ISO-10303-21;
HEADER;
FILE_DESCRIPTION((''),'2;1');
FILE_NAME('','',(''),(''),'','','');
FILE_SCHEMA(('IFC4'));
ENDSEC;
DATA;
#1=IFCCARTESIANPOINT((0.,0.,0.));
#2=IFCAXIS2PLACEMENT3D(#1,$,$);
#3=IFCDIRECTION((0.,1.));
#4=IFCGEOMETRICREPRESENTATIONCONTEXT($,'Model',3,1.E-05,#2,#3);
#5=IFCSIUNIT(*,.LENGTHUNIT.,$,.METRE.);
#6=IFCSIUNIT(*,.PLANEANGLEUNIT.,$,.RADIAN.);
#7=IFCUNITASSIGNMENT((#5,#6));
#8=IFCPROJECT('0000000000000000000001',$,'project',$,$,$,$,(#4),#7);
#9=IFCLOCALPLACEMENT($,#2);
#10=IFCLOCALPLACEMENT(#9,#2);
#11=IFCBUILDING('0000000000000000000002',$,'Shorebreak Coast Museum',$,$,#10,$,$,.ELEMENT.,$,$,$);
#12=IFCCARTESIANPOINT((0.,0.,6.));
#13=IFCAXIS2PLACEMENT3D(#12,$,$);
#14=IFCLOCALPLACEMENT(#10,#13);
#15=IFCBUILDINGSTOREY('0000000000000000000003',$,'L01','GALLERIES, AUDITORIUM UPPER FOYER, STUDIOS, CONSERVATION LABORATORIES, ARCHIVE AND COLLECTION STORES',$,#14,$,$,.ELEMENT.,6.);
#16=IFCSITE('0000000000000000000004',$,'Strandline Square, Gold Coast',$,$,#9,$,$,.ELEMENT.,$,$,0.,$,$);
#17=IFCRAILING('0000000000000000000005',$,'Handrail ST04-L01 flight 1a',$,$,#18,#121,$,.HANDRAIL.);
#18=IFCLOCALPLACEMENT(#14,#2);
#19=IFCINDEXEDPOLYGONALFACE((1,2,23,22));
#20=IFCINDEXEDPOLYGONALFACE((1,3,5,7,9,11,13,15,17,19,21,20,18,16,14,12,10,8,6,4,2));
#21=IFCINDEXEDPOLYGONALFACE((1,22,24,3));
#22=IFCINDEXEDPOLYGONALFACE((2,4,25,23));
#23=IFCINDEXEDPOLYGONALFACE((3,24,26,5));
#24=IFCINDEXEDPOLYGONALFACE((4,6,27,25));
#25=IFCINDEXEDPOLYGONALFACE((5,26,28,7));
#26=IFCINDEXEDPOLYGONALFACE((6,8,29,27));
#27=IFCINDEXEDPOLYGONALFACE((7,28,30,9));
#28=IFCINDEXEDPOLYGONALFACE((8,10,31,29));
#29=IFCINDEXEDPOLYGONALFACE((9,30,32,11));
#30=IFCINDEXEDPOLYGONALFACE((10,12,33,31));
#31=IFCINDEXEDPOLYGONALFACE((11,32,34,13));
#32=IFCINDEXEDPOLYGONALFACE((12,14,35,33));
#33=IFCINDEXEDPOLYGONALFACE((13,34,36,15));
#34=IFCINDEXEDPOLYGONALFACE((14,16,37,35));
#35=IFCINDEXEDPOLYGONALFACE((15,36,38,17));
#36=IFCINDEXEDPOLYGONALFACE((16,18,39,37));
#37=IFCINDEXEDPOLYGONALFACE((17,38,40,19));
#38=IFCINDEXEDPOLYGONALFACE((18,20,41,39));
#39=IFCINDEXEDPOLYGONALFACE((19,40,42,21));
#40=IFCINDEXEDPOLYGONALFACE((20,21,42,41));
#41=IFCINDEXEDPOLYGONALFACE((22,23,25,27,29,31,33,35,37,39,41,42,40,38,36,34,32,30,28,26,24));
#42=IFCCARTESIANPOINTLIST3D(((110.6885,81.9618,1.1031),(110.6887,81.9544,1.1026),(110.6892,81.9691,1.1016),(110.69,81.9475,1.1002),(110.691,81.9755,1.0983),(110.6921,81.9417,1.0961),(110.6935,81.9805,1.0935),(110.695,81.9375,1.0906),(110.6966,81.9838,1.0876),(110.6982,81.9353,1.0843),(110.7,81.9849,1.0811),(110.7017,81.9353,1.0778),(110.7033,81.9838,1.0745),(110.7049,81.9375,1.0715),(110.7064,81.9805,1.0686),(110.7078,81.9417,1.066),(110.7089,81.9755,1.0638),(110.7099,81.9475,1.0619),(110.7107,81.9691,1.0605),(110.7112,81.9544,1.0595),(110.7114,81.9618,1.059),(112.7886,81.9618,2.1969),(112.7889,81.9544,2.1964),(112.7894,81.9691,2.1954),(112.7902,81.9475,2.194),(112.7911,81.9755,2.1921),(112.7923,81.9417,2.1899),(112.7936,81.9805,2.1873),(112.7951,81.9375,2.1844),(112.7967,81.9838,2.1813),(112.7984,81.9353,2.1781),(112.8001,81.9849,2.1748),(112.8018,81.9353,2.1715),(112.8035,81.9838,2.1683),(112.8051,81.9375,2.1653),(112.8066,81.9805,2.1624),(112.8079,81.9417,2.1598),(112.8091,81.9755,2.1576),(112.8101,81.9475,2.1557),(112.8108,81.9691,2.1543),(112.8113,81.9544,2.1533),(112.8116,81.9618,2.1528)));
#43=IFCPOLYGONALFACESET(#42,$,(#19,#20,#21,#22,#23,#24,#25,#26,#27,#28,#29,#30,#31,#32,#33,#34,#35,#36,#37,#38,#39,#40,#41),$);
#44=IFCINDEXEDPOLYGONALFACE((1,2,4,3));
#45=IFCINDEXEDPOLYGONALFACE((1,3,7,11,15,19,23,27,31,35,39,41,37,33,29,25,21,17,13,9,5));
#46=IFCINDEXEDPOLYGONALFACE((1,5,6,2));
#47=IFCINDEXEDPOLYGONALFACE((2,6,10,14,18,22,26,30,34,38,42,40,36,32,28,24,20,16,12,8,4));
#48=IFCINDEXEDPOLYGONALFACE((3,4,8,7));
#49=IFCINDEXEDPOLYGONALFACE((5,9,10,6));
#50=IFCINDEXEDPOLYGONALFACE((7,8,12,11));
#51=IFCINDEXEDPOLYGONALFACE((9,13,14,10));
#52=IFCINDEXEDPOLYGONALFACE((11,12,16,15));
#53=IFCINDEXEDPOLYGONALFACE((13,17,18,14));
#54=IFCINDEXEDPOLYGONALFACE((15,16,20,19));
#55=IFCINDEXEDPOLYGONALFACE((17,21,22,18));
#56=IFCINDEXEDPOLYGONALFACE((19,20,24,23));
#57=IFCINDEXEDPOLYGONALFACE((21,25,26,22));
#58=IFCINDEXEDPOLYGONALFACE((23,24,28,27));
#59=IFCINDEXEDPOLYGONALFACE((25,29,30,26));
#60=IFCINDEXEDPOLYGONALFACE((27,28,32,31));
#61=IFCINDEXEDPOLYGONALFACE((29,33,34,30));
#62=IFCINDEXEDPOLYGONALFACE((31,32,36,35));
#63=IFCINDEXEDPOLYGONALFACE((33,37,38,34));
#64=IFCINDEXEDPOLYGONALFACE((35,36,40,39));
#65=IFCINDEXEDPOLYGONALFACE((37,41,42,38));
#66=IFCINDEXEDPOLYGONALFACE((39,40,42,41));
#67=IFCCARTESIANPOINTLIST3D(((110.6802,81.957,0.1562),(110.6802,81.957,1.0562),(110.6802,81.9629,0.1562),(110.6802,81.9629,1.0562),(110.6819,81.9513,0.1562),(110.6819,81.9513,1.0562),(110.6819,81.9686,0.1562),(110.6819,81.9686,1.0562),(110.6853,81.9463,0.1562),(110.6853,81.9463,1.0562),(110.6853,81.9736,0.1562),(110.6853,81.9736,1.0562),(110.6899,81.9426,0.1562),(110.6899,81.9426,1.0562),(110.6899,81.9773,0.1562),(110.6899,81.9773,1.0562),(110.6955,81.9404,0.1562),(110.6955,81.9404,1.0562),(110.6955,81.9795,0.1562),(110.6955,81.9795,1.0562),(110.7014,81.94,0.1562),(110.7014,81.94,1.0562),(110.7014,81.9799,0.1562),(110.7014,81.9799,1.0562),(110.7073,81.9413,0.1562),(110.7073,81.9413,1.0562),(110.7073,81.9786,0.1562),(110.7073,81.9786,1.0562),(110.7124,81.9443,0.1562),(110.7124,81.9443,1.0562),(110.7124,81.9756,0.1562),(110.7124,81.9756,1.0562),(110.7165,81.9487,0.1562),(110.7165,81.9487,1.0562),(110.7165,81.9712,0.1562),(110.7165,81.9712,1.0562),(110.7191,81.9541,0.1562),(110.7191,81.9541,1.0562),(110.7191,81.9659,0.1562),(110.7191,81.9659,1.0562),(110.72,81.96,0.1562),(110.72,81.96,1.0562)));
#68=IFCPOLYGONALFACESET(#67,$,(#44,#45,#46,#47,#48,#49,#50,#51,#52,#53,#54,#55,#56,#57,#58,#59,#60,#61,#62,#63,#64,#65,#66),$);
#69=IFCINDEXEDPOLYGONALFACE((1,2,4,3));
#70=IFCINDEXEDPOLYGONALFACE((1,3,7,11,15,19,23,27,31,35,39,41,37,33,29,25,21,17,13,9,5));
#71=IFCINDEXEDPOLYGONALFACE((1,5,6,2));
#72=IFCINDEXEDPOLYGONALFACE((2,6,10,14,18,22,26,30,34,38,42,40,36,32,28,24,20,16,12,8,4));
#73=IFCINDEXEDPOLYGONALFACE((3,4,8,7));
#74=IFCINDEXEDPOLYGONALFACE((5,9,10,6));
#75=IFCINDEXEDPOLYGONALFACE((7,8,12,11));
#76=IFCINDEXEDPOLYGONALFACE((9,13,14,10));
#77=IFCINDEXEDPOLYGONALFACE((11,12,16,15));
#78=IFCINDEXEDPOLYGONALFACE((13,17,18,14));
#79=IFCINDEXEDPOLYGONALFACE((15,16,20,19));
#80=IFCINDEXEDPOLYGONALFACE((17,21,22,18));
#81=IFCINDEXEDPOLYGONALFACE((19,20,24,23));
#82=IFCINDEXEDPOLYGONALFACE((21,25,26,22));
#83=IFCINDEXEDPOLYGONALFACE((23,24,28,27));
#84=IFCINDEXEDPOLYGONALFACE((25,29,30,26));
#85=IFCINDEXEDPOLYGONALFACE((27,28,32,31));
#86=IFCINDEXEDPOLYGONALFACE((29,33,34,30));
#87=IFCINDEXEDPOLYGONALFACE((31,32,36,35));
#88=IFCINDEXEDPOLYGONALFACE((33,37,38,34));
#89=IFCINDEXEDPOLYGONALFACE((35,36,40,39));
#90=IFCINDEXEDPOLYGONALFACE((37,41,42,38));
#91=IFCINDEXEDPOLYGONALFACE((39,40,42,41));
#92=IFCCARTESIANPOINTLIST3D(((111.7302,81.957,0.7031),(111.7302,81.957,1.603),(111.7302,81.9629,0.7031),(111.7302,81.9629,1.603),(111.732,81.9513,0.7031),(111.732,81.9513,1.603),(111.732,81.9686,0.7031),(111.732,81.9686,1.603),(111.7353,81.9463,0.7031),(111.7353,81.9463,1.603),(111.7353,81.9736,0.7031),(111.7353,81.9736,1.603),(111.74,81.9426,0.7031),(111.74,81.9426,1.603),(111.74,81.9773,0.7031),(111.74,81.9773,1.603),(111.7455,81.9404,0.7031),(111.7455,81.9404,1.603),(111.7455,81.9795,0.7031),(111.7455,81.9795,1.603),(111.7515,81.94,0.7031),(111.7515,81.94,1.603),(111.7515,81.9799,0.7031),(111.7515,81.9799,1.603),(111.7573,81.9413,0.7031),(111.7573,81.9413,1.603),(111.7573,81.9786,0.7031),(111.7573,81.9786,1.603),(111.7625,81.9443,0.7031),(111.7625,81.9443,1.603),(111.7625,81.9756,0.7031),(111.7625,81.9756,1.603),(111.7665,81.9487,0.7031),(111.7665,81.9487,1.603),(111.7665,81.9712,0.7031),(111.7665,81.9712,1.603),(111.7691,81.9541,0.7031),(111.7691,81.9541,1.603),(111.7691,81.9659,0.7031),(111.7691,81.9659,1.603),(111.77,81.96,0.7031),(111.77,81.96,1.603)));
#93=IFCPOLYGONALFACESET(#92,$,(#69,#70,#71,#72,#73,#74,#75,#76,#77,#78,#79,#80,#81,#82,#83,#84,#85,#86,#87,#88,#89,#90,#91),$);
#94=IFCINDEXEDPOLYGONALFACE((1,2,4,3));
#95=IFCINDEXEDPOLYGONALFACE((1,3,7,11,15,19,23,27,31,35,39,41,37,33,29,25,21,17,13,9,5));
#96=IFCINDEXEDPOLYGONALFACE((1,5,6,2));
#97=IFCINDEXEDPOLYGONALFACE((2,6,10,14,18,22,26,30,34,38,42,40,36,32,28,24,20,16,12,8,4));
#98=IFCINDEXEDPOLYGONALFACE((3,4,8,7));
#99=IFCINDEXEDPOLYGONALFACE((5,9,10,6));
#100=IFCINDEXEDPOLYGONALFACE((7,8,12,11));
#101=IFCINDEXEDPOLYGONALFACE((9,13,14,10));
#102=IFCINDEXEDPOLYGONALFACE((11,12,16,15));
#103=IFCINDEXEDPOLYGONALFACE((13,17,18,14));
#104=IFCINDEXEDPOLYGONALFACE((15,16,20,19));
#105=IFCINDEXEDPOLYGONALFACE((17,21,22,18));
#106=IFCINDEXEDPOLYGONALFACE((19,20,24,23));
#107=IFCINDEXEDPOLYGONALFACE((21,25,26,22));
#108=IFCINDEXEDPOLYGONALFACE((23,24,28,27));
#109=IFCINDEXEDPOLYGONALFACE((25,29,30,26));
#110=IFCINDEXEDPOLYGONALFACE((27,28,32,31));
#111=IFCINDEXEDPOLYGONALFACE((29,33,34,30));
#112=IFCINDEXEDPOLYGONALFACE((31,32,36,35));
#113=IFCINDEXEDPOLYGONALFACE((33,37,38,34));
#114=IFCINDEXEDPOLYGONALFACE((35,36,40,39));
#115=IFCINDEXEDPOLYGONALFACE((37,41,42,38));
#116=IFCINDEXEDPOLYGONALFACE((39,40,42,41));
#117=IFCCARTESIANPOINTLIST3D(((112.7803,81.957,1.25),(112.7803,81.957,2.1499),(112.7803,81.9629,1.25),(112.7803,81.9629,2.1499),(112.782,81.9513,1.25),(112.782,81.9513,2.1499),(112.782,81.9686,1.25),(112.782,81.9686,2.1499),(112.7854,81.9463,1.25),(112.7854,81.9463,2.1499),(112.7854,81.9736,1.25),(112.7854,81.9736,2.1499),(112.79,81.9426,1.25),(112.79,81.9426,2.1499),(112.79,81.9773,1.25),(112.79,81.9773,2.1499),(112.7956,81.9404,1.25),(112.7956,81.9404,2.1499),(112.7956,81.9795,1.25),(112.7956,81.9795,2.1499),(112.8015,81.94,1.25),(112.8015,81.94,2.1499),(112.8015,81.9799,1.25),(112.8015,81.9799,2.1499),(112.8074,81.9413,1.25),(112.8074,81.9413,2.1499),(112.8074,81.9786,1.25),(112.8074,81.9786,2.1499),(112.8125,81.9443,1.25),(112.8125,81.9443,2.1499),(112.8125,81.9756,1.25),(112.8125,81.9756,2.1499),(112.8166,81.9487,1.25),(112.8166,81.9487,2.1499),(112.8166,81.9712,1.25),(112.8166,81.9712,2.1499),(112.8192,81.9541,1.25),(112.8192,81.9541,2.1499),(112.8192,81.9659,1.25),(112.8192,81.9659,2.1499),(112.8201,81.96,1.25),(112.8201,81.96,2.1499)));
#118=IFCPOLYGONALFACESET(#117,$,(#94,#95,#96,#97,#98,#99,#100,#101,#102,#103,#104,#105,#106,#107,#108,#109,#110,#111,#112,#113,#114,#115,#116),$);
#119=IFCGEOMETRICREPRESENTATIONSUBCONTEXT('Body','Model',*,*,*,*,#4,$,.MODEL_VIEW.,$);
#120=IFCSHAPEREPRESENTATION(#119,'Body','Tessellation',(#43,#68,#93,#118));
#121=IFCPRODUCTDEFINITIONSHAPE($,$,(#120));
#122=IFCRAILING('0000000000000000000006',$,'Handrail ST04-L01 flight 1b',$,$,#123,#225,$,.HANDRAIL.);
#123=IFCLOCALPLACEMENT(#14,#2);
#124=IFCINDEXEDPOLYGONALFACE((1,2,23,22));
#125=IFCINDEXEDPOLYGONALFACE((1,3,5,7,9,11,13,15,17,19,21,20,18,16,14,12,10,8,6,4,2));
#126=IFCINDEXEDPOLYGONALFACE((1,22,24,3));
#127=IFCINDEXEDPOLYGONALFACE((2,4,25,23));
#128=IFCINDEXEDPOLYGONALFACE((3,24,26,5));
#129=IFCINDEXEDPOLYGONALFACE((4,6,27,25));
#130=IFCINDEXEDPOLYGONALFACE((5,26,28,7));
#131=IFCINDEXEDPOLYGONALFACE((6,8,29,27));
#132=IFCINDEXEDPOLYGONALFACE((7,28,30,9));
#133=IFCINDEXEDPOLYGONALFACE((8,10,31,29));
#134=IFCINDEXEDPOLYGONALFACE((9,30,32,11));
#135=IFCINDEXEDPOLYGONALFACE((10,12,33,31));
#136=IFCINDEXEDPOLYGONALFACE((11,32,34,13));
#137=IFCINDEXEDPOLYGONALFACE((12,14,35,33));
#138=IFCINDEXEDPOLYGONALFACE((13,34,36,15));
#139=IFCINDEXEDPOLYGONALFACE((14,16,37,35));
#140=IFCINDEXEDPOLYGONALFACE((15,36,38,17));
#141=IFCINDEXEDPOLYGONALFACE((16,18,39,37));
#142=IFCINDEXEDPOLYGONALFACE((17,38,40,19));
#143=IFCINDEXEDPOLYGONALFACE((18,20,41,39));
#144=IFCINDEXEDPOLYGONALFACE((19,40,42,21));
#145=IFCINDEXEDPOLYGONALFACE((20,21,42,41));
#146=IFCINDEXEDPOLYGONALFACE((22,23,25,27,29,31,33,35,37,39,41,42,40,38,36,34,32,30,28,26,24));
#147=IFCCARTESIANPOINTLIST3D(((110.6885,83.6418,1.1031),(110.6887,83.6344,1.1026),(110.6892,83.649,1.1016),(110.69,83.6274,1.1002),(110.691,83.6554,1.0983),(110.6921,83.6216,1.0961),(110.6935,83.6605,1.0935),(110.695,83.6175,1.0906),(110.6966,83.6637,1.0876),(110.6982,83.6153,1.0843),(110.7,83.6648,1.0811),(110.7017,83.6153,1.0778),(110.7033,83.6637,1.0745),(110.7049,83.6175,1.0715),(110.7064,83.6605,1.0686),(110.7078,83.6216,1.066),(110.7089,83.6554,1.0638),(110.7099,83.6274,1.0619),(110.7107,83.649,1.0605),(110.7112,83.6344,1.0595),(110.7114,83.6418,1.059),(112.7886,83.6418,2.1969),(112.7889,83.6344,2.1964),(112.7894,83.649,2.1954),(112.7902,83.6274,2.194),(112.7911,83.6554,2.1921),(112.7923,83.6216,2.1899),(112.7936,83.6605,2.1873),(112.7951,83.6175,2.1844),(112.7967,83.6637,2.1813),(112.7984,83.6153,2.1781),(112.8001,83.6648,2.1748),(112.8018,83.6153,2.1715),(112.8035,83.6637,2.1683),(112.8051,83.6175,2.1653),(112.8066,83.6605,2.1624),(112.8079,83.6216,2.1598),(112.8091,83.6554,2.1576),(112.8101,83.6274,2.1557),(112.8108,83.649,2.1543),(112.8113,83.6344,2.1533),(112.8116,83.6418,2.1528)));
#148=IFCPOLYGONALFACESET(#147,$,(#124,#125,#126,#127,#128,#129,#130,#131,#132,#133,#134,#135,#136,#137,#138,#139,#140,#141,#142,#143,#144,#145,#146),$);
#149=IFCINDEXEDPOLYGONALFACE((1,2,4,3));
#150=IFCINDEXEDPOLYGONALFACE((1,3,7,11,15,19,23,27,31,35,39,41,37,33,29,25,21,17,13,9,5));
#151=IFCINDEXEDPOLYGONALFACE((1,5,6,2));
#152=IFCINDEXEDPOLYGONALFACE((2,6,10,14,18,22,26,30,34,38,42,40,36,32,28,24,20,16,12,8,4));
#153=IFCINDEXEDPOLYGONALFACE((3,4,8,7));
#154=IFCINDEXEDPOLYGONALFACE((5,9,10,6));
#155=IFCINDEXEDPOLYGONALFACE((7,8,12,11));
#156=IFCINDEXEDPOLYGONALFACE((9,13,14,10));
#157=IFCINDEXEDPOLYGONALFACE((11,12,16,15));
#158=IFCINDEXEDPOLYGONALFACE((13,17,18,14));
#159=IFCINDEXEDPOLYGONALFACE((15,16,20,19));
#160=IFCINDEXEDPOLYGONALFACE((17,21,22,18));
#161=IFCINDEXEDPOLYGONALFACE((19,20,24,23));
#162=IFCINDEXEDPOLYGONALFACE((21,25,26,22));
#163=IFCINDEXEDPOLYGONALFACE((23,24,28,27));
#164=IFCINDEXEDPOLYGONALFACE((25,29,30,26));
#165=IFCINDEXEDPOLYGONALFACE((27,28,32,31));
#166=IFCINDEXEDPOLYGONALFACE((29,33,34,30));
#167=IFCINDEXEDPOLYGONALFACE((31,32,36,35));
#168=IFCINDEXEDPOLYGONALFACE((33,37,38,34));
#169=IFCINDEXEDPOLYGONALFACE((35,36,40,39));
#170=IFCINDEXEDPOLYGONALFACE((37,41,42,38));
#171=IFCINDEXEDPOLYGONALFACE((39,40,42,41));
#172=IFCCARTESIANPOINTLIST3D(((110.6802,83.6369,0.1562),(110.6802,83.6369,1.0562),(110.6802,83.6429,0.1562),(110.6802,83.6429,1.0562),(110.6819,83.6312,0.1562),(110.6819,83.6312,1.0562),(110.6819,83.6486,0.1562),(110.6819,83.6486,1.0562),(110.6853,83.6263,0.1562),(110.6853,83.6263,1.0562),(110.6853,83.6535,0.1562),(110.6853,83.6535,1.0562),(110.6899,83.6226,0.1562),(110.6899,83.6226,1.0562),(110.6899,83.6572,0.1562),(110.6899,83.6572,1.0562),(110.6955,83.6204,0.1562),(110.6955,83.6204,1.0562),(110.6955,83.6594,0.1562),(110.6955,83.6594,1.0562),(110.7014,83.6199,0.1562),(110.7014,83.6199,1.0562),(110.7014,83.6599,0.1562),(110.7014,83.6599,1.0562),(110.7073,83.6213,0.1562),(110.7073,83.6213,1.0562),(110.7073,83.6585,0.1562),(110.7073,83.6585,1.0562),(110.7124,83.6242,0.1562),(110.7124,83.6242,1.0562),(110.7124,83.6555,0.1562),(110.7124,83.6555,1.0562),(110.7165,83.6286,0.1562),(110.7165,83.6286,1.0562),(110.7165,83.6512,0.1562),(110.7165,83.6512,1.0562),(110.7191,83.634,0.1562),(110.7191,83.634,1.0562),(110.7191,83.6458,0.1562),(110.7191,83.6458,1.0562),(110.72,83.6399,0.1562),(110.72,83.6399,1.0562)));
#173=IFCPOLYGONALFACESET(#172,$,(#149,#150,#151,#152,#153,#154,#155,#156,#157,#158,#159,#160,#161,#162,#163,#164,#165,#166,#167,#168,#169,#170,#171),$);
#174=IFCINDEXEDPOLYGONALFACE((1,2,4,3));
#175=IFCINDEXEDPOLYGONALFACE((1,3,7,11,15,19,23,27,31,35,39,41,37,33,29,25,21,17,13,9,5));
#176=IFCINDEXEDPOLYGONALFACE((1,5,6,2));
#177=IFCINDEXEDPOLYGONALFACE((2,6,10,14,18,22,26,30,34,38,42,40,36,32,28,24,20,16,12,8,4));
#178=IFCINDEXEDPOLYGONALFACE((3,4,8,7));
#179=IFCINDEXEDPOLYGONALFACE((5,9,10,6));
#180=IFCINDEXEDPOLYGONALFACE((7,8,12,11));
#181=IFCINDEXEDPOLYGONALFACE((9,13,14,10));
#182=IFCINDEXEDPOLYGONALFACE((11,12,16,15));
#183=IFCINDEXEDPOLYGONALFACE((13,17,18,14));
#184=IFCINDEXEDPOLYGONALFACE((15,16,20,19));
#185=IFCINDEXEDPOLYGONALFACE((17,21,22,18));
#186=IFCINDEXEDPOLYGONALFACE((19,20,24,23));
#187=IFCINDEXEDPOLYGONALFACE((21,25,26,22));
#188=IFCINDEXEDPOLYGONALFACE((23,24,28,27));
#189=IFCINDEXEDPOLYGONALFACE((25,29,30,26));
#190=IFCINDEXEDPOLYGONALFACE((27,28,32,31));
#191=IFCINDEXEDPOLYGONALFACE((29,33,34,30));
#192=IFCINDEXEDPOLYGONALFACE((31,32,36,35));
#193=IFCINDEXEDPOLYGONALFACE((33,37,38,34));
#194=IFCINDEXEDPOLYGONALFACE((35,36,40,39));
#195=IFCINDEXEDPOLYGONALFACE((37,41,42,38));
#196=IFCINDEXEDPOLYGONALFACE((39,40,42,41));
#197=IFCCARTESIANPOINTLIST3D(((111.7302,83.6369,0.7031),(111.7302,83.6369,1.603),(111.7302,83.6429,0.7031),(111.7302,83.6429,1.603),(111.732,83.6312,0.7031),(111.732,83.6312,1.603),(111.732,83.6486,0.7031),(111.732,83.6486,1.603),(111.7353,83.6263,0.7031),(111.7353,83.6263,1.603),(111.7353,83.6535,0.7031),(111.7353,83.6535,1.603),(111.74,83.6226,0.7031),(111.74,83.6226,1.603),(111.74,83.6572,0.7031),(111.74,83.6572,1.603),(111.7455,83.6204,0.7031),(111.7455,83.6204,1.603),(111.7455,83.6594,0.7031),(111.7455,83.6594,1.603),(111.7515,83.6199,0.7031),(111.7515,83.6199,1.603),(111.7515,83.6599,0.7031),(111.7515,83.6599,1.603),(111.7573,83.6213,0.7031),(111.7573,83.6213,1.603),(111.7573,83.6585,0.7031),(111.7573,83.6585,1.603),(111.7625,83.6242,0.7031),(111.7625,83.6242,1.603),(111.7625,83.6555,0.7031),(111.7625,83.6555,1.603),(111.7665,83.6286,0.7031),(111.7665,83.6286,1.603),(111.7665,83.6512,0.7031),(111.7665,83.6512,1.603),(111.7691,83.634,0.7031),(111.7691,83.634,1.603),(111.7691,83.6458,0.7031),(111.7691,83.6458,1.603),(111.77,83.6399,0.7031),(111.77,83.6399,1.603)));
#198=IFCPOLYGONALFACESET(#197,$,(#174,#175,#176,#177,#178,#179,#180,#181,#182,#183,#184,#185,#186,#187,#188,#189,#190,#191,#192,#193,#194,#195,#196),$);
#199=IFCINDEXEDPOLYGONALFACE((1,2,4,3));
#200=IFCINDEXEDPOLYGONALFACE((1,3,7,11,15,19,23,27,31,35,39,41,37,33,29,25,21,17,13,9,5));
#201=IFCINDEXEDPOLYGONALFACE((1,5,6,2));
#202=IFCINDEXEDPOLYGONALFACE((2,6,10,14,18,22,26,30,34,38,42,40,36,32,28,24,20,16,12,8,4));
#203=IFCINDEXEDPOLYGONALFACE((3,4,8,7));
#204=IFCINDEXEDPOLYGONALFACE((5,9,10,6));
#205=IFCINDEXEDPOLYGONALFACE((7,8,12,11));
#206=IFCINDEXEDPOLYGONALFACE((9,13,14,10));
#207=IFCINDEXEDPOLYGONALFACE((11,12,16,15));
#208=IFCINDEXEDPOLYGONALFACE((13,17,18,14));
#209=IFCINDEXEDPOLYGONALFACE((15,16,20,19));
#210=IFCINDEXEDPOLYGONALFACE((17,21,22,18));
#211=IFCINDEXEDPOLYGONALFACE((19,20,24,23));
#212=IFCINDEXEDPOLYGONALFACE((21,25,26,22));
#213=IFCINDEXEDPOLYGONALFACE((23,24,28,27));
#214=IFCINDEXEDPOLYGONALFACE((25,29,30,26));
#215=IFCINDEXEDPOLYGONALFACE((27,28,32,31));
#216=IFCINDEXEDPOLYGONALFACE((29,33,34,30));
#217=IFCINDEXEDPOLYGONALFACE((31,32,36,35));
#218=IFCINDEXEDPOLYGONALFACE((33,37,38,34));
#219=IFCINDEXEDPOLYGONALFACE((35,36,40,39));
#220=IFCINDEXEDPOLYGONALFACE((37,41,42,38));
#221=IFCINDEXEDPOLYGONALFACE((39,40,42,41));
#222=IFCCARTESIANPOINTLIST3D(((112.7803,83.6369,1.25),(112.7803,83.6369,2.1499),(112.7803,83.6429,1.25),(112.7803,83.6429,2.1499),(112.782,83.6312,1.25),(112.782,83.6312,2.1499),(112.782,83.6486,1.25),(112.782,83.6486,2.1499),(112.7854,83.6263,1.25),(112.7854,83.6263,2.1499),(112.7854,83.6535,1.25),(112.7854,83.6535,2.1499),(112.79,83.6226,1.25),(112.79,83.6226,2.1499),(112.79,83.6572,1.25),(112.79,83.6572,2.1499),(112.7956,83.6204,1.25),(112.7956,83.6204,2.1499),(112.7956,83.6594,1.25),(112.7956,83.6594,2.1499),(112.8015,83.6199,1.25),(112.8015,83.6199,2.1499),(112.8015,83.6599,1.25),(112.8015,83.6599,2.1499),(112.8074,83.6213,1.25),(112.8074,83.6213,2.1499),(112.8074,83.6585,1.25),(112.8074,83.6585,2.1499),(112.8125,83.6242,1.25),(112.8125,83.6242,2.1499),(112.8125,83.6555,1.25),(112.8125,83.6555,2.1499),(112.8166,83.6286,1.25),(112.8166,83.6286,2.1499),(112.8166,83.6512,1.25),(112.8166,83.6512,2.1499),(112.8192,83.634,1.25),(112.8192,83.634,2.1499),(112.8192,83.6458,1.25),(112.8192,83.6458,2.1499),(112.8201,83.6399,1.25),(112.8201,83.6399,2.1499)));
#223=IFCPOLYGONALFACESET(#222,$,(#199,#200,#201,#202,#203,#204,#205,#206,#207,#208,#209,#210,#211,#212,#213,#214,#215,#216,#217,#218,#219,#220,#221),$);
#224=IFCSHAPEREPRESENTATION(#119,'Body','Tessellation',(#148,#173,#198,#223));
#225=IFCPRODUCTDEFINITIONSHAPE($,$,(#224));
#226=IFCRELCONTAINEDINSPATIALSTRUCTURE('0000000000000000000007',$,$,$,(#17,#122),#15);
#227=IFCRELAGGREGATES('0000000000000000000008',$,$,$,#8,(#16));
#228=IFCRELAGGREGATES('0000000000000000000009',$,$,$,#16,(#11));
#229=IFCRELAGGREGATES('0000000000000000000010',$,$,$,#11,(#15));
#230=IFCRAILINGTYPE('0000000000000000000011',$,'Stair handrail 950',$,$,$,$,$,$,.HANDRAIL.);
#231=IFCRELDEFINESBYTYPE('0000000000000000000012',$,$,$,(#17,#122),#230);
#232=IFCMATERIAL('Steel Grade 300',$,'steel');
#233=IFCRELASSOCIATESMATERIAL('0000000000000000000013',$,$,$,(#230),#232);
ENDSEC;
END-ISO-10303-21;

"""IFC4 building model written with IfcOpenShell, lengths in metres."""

from ifc_helpers import new_model, si_unit, direction, frame, origin, origin_2d, place, context, subcontext, project, spatial, circle, extrude, material, type_object, element, save


model = new_model("IFC4")

# Units and contexts
model_context = context("Model", 3, precision=1e-05, world=origin(), true_north=direction((0.0, 1.0)))
body_context = subcontext(model_context, "Body", "Model", "MODEL_VIEW")
ifc_project = project(units=[si_unit("LENGTHUNIT", "METRE"), si_unit("PLANEANGLEUNIT", "RADIAN")], contexts=[model_context])

# Site, building, storey
site_placement = place(None, origin())
site = spatial("IfcSite", under=ifc_project, at=site_placement, Name="Strandline Square, Gold Coast", CompositionType="ELEMENT", RefElevation=0.0)
building_placement = place(site_placement, origin())
building = spatial("IfcBuilding", under=site, at=building_placement, Name="Shorebreak Coast Museum", CompositionType="ELEMENT")
storey_placement = place(building_placement, frame((0.0, 0.0, 6.0)))
storey = spatial("IfcBuildingStorey", under=building, at=storey_placement, Name="L01", Description="GALLERIES, AUDITORIUM UPPER FOYER, STUDIOS, CONSERVATION LABORATORIES, ARCHIVE AND COLLECTION STORES", CompositionType="ELEMENT", Elevation=6.0)

# Railings
ifc_material_1 = material(Name="Steel Grade 300", Category="steel")
railing_type_1 = type_object("IfcRailingType", Name="Stair handrail 950", PredefinedType="HANDRAIL", material=ifc_material_1)
for number, where, name in (
    (1, (110.7, 81.96, 0.1562), "Handrail ST04-L01 flight 1a"),
    (2, (110.7, 83.6399, 0.1562), "Handrail ST04-L01 flight 1b"),
):
    element("IfcRailing", number, at=place(storey_placement, frame(where)), inside=storey, type_object=railing_type_1, Name=name, PredefinedType="HANDRAIL", context=body_context, shape_type="SweptSolid", body=[
        extrude(circle(Radius=0.0249, at=origin_2d()), frame((0.0, 0.0, 0.9248), z_axis=(0.886923, 0.0, 0.461918), x_axis=(0.0, 1.0, 0.0)), (0.0, 0.0, 1.0), 2.3679),
        extrude(circle(Radius=0.02, at=origin_2d()), origin(), (0.0, 0.0, 1.0), 0.8999),
        extrude(circle(Radius=0.02, at=origin_2d()), frame((1.05, 0.0, 0.5469)), (0.0, 0.0, 1.0), 0.8999),
        extrude(circle(Radius=0.02, at=origin_2d()), frame((2.1001, 0.0, 1.0938)), (0.0, 0.0, 1.0), 0.8999),
    ])

save(model, "model.ifc")
